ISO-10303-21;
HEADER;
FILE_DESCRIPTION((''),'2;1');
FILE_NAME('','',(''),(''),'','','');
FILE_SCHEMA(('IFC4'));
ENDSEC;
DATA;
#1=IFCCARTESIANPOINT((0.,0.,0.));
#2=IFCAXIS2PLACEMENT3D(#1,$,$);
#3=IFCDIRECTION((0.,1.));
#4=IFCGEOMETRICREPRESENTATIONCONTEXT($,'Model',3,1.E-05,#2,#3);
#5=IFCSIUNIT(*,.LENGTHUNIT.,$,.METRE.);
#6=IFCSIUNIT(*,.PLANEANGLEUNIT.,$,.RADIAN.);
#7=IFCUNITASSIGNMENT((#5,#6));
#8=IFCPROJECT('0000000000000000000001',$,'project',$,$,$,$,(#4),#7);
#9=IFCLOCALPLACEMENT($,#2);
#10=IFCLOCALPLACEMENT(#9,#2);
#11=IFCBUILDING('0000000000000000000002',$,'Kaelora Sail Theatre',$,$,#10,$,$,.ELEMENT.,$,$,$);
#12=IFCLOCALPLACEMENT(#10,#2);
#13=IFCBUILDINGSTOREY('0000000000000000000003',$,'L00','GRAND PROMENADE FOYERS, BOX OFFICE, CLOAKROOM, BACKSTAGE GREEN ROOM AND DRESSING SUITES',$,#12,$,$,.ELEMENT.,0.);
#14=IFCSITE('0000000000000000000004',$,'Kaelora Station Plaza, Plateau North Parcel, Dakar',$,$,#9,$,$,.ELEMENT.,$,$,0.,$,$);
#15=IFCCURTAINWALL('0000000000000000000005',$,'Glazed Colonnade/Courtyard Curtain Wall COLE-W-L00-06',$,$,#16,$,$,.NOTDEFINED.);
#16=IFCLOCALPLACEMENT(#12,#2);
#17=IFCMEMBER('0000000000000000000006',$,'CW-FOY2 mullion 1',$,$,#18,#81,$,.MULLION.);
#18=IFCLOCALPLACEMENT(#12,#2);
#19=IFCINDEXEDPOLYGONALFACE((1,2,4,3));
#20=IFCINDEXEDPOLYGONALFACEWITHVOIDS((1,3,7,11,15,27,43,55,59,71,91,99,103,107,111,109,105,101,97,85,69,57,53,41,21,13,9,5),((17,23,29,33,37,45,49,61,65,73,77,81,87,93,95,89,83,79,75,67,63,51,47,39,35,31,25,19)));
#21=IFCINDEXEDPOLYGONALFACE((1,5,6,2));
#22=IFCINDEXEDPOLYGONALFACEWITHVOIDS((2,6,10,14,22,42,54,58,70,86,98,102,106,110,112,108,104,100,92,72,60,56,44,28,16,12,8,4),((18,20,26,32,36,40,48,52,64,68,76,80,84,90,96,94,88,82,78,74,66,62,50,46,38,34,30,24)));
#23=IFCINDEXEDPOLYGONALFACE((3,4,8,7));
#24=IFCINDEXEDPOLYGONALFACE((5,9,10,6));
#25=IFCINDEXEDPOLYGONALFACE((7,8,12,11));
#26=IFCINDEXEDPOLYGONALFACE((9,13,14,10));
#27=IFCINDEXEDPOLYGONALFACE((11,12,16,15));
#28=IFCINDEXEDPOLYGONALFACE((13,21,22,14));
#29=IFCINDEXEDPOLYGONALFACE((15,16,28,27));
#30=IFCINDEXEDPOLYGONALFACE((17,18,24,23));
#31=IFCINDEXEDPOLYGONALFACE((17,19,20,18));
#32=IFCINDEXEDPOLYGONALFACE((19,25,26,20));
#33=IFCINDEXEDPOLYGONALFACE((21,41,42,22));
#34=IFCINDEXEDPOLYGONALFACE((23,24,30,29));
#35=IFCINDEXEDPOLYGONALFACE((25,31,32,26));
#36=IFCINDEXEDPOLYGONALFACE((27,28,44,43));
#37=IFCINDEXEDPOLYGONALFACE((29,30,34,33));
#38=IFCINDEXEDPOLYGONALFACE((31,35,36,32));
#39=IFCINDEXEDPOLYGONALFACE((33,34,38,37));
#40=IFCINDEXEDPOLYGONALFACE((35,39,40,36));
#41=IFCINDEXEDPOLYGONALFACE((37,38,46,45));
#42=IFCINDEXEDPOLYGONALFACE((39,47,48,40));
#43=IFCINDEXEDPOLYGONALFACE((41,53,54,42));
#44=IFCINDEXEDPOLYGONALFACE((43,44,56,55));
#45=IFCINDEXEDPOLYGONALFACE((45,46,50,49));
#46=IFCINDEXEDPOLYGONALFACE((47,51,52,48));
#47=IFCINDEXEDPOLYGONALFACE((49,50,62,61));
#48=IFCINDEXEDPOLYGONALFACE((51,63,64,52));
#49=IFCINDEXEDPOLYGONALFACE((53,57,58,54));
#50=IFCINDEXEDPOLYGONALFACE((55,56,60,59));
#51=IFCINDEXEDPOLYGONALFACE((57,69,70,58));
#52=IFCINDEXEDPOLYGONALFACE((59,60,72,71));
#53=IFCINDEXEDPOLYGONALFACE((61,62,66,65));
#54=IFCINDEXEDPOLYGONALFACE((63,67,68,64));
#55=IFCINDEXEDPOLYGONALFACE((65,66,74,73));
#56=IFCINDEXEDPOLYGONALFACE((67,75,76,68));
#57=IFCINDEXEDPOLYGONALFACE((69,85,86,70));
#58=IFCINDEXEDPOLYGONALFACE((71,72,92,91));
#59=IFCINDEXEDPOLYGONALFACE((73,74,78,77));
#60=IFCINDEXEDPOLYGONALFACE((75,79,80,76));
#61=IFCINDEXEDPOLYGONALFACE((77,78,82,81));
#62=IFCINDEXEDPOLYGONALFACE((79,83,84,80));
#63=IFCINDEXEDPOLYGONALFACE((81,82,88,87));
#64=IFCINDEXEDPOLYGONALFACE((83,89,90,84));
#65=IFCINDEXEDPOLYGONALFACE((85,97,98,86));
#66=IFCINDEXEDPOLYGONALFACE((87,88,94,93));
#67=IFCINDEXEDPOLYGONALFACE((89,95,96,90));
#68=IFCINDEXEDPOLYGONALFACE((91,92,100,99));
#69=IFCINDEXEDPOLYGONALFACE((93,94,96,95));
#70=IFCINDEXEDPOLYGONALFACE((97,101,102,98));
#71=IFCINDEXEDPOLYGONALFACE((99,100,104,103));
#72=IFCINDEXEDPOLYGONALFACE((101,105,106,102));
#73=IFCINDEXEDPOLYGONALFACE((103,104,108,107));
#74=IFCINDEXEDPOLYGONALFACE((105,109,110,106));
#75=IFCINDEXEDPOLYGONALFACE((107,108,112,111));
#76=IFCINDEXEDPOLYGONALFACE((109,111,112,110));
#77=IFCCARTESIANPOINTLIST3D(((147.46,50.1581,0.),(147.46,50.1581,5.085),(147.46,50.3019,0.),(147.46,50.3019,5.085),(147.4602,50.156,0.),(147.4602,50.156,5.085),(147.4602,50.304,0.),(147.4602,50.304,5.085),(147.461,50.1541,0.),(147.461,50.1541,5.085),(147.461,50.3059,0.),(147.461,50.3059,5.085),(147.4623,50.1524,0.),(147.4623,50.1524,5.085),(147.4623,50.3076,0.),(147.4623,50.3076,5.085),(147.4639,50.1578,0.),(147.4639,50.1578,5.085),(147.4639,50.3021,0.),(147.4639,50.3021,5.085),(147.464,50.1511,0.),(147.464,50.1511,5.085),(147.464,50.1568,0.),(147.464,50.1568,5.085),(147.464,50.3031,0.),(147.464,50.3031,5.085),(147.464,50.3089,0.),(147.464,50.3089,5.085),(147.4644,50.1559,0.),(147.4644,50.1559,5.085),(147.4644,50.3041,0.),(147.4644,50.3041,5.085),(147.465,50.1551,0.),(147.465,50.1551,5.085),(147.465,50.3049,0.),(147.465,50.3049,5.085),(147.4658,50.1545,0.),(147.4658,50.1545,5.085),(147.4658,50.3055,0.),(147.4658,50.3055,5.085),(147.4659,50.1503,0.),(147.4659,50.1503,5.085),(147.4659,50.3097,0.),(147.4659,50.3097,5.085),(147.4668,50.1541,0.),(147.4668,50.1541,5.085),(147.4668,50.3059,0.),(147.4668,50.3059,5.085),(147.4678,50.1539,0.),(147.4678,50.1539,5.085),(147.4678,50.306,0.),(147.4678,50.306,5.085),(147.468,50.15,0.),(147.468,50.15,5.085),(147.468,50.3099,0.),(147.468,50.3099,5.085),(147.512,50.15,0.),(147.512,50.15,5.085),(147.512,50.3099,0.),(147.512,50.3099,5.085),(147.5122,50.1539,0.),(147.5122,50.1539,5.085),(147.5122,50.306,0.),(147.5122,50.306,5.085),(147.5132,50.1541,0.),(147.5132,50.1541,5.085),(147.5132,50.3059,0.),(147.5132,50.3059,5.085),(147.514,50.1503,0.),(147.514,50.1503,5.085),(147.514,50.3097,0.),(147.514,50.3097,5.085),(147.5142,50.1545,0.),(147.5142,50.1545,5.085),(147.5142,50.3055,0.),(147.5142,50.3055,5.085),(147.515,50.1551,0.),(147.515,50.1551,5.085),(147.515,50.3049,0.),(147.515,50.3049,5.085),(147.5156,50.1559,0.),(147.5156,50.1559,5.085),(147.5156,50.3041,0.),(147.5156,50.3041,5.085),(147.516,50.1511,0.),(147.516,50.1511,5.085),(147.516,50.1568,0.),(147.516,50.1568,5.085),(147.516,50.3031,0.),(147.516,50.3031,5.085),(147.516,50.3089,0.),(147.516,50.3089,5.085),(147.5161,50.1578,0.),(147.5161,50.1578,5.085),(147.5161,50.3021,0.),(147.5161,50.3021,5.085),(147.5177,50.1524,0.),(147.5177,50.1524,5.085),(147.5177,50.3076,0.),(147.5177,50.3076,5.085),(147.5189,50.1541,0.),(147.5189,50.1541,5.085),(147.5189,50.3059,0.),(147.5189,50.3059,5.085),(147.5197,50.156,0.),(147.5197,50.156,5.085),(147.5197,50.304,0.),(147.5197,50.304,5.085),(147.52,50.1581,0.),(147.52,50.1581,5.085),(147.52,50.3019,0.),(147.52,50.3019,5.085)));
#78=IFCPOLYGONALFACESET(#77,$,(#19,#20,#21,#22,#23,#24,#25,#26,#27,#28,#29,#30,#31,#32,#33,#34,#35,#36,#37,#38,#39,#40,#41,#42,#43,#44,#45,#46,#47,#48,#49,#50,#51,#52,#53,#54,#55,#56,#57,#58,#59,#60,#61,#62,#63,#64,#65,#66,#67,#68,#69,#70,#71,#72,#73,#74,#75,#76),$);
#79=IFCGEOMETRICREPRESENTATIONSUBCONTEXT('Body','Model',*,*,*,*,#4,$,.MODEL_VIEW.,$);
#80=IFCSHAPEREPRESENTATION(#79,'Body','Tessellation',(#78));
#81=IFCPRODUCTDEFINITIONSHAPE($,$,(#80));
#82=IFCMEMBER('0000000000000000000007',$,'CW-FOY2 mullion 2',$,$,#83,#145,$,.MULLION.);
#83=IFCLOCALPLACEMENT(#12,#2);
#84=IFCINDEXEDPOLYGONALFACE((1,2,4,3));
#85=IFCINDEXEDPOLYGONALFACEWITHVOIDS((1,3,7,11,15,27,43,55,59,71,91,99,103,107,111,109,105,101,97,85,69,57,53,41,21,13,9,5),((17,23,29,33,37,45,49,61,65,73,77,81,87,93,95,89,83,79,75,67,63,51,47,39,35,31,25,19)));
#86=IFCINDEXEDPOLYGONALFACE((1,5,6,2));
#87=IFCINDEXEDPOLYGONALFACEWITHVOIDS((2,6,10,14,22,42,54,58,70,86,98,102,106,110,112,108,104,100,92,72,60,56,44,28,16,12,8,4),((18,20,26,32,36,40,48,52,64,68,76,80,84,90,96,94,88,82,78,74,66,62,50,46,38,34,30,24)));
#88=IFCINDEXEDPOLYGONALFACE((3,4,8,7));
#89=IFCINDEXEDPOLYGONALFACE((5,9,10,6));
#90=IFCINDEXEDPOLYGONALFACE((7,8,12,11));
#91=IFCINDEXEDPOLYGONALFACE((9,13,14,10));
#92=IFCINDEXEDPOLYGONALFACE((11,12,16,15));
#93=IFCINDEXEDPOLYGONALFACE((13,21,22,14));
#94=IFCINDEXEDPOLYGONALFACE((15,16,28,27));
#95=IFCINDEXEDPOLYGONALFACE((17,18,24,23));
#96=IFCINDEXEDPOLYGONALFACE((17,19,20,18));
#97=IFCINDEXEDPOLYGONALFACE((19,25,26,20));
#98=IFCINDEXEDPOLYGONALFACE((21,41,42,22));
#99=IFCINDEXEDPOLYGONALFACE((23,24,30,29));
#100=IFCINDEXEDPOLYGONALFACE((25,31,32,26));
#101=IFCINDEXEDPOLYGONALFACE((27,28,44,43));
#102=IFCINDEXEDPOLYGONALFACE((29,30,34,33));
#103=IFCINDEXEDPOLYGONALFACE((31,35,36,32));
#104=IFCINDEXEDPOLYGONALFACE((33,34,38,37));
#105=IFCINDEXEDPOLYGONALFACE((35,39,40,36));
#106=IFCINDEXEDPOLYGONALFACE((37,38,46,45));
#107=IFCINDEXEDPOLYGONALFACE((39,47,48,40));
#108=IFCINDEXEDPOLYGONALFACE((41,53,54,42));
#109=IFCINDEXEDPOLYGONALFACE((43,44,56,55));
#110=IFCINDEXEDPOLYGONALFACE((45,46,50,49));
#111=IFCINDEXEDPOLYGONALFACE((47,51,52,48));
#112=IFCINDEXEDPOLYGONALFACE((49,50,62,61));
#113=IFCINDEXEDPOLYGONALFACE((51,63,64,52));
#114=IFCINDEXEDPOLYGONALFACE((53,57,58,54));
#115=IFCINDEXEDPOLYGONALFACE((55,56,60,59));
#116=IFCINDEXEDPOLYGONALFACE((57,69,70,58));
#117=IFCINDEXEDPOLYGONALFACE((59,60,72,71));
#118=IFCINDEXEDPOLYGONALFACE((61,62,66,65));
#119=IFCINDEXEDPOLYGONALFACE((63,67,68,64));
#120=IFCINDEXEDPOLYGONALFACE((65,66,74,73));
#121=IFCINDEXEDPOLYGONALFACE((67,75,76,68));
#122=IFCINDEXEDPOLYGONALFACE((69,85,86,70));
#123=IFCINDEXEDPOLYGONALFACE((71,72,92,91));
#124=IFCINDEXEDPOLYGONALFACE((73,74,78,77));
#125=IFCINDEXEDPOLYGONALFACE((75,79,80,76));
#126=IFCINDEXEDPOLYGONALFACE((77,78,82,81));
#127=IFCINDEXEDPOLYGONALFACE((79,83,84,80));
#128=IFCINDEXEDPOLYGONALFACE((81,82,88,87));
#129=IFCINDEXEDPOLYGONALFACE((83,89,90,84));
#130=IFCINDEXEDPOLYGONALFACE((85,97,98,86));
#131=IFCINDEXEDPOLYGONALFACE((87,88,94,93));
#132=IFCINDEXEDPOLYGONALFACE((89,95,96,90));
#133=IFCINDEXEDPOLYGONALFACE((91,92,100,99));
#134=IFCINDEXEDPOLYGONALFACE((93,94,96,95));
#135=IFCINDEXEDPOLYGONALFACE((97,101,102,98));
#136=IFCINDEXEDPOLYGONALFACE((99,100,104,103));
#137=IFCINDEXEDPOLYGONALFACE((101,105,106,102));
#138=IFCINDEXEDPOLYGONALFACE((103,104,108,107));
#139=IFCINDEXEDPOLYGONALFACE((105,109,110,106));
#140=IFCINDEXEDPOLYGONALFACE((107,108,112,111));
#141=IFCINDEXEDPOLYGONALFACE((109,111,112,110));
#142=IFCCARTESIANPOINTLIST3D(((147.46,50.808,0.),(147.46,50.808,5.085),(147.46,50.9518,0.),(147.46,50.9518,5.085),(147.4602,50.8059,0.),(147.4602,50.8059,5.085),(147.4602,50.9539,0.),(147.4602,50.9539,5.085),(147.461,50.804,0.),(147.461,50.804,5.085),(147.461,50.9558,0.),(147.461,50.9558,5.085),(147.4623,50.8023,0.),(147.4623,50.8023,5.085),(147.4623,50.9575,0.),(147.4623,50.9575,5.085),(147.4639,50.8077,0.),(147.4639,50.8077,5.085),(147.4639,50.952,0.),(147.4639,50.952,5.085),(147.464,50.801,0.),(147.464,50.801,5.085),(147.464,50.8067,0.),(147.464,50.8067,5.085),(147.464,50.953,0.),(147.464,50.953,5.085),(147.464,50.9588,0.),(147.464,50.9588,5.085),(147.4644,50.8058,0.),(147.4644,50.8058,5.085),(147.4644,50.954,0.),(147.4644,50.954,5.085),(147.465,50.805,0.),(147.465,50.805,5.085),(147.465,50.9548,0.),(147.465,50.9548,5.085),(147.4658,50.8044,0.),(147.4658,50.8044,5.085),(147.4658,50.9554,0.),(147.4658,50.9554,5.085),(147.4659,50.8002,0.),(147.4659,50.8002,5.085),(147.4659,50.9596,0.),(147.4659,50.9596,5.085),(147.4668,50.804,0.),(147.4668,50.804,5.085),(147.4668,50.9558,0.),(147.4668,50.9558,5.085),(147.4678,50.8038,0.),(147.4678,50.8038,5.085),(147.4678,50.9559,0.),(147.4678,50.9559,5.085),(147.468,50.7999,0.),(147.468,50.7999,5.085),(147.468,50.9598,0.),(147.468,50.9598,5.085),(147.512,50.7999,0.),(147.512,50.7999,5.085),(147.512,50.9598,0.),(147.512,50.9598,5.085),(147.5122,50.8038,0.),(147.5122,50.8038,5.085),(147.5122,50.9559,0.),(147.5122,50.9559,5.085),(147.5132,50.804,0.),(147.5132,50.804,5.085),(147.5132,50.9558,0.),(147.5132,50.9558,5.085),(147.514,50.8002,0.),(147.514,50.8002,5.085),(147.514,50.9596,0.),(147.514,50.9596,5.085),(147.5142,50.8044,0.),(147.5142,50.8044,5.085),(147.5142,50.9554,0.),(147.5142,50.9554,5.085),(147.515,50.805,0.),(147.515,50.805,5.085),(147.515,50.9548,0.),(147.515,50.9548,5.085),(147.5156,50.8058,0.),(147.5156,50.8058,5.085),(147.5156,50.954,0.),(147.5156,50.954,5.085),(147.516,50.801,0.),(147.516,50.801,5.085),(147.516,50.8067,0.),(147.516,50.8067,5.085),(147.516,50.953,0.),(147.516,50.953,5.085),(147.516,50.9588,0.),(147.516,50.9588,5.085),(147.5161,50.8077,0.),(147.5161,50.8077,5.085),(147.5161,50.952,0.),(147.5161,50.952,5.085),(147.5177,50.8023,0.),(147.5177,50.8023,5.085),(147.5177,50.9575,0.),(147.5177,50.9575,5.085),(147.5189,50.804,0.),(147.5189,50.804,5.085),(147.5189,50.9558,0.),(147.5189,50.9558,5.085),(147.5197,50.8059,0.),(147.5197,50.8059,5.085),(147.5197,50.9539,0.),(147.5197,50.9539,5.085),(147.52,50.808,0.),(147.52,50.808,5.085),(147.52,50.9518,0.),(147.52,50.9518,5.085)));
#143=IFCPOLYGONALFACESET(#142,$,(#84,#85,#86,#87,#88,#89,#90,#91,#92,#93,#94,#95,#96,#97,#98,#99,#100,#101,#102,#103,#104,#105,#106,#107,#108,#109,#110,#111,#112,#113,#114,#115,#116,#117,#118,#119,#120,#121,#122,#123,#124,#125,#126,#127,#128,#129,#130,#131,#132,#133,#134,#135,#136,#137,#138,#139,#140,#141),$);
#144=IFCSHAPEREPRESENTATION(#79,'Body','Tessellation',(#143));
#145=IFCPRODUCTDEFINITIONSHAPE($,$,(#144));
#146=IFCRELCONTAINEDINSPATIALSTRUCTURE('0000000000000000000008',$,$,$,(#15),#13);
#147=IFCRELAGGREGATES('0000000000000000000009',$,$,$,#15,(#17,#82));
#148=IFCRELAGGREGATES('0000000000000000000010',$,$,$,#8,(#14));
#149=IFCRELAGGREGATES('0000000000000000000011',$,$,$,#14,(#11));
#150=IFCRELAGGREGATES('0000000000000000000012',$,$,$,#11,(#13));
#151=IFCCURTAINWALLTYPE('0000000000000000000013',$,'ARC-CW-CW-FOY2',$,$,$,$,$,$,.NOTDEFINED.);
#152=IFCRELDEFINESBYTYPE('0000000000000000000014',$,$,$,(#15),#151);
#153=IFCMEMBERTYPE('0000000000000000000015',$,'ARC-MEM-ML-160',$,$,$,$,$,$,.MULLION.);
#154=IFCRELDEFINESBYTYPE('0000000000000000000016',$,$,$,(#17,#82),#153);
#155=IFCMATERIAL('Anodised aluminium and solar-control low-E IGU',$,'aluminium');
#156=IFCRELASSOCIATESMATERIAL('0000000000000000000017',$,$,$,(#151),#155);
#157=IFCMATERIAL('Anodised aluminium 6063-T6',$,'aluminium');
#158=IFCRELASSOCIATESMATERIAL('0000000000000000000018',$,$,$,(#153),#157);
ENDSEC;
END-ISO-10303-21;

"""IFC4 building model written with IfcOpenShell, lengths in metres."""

from ifc_helpers import new_model, si_unit, direction, frame, origin, origin_2d, place, context, subcontext, project, spatial, hollow_rectangle, extrude, material, material_profile, profile_set, type_object, element, aggregate, save


model = new_model("IFC4")

# Units and contexts
model_context = context("Model", 3, precision=1e-05, world=origin(), true_north=direction((0.0, 1.0)))
body_context = subcontext(model_context, "Body", "Model", "MODEL_VIEW")
ifc_project = project(units=[si_unit("LENGTHUNIT", "METRE"), si_unit("PLANEANGLEUNIT", "RADIAN")], contexts=[model_context])

# Site, building, storey
site_placement = place(None, origin())
site = spatial("IfcSite", under=ifc_project, at=site_placement, Name="Kaelora Station Plaza, Plateau North Parcel, Dakar", CompositionType="ELEMENT", RefElevation=0.0)
building_placement = place(site_placement, origin())
building = spatial("IfcBuilding", under=site, at=building_placement, Name="Kaelora Sail Theatre", CompositionType="ELEMENT")
storey_placement = place(building_placement, origin())
storey = spatial("IfcBuildingStorey", under=building, at=storey_placement, Name="L00", Description="GRAND PROMENADE FOYERS, BOX OFFICE, CLOAKROOM, BACKSTAGE GREEN ROOM AND DRESSING SUITES", CompositionType="ELEMENT", Elevation=0.0)

# Curtain wall, members
ifc_material_1 = material(Name="Anodised aluminium and solar-control low-E IGU", Category="aluminium")
curtain_wall_type = type_object("IfcCurtainWallType", Name="ARC-CW-CW-FOY2", PredefinedType="NOTDEFINED", material=ifc_material_1)
ifc_material_2 = material(Name="Anodised aluminium 6063-T6", Category="aluminium")
ifc_material_profile_1 = material_profile(ifc_material_2, hollow_rectangle(XDim=0.0601, YDim=0.1599, WallThickness=0.0039, InnerFilletRadius=0.0039, OuterFilletRadius=0.0081, at=origin_2d()), Name="ALU-MULL 60x160x4")
ifc_profile_set_1 = profile_set([ifc_material_profile_1], Name="Anodised aluminium 6063-T6")
member_type_1 = type_object("IfcMemberType", Name="ARC-MEM-ML-160", PredefinedType="MULLION", material=ifc_profile_set_1)
curtain_wall_1_placement = place(storey_placement, origin())
curtain_wall_1 = element("IfcCurtainWall", 1, at=curtain_wall_1_placement, inside=storey, type_object=curtain_wall_type, Name="Glazed Colonnade/Courtyard Curtain Wall COLE-W-L00-06", PredefinedType="NOTDEFINED")
member_1_placement = place(storey_placement, frame((147.49, 50.23, 0.0), z_axis=(0.0, 0.0, 1.0), x_axis=(-1.0, 0.0, 0.0)))
member_1 = element("IfcMember", 2, at=member_1_placement, type_object=member_type_1, Name="CW-FOY2 mullion 1", PredefinedType="MULLION", context=body_context, shape_type="SweptSolid", body=[
    extrude(hollow_rectangle(XDim=0.0601, YDim=0.1599, WallThickness=0.0039, InnerFilletRadius=0.0039, OuterFilletRadius=0.0081, at=origin_2d()), origin(), (0.0, 0.0, 1.0), 5.085),
])
member_2_placement = place(storey_placement, frame((147.49, 50.8799, 0.0), z_axis=(0.0, 0.0, 1.0), x_axis=(-1.0, 0.0, 0.0)))
member_2 = element("IfcMember", 3, at=member_2_placement, type_object=member_type_1, Name="CW-FOY2 mullion 2", PredefinedType="MULLION", context=body_context, shape_type="SweptSolid", body=[
    extrude(hollow_rectangle(XDim=0.0601, YDim=0.1599, WallThickness=0.0039, InnerFilletRadius=0.0039, OuterFilletRadius=0.0081, at=origin_2d()), origin(), (0.0, 0.0, 1.0), 5.085),
])

aggregate(curtain_wall_1, [member_1, member_2])

save(model, "model.ifc")
